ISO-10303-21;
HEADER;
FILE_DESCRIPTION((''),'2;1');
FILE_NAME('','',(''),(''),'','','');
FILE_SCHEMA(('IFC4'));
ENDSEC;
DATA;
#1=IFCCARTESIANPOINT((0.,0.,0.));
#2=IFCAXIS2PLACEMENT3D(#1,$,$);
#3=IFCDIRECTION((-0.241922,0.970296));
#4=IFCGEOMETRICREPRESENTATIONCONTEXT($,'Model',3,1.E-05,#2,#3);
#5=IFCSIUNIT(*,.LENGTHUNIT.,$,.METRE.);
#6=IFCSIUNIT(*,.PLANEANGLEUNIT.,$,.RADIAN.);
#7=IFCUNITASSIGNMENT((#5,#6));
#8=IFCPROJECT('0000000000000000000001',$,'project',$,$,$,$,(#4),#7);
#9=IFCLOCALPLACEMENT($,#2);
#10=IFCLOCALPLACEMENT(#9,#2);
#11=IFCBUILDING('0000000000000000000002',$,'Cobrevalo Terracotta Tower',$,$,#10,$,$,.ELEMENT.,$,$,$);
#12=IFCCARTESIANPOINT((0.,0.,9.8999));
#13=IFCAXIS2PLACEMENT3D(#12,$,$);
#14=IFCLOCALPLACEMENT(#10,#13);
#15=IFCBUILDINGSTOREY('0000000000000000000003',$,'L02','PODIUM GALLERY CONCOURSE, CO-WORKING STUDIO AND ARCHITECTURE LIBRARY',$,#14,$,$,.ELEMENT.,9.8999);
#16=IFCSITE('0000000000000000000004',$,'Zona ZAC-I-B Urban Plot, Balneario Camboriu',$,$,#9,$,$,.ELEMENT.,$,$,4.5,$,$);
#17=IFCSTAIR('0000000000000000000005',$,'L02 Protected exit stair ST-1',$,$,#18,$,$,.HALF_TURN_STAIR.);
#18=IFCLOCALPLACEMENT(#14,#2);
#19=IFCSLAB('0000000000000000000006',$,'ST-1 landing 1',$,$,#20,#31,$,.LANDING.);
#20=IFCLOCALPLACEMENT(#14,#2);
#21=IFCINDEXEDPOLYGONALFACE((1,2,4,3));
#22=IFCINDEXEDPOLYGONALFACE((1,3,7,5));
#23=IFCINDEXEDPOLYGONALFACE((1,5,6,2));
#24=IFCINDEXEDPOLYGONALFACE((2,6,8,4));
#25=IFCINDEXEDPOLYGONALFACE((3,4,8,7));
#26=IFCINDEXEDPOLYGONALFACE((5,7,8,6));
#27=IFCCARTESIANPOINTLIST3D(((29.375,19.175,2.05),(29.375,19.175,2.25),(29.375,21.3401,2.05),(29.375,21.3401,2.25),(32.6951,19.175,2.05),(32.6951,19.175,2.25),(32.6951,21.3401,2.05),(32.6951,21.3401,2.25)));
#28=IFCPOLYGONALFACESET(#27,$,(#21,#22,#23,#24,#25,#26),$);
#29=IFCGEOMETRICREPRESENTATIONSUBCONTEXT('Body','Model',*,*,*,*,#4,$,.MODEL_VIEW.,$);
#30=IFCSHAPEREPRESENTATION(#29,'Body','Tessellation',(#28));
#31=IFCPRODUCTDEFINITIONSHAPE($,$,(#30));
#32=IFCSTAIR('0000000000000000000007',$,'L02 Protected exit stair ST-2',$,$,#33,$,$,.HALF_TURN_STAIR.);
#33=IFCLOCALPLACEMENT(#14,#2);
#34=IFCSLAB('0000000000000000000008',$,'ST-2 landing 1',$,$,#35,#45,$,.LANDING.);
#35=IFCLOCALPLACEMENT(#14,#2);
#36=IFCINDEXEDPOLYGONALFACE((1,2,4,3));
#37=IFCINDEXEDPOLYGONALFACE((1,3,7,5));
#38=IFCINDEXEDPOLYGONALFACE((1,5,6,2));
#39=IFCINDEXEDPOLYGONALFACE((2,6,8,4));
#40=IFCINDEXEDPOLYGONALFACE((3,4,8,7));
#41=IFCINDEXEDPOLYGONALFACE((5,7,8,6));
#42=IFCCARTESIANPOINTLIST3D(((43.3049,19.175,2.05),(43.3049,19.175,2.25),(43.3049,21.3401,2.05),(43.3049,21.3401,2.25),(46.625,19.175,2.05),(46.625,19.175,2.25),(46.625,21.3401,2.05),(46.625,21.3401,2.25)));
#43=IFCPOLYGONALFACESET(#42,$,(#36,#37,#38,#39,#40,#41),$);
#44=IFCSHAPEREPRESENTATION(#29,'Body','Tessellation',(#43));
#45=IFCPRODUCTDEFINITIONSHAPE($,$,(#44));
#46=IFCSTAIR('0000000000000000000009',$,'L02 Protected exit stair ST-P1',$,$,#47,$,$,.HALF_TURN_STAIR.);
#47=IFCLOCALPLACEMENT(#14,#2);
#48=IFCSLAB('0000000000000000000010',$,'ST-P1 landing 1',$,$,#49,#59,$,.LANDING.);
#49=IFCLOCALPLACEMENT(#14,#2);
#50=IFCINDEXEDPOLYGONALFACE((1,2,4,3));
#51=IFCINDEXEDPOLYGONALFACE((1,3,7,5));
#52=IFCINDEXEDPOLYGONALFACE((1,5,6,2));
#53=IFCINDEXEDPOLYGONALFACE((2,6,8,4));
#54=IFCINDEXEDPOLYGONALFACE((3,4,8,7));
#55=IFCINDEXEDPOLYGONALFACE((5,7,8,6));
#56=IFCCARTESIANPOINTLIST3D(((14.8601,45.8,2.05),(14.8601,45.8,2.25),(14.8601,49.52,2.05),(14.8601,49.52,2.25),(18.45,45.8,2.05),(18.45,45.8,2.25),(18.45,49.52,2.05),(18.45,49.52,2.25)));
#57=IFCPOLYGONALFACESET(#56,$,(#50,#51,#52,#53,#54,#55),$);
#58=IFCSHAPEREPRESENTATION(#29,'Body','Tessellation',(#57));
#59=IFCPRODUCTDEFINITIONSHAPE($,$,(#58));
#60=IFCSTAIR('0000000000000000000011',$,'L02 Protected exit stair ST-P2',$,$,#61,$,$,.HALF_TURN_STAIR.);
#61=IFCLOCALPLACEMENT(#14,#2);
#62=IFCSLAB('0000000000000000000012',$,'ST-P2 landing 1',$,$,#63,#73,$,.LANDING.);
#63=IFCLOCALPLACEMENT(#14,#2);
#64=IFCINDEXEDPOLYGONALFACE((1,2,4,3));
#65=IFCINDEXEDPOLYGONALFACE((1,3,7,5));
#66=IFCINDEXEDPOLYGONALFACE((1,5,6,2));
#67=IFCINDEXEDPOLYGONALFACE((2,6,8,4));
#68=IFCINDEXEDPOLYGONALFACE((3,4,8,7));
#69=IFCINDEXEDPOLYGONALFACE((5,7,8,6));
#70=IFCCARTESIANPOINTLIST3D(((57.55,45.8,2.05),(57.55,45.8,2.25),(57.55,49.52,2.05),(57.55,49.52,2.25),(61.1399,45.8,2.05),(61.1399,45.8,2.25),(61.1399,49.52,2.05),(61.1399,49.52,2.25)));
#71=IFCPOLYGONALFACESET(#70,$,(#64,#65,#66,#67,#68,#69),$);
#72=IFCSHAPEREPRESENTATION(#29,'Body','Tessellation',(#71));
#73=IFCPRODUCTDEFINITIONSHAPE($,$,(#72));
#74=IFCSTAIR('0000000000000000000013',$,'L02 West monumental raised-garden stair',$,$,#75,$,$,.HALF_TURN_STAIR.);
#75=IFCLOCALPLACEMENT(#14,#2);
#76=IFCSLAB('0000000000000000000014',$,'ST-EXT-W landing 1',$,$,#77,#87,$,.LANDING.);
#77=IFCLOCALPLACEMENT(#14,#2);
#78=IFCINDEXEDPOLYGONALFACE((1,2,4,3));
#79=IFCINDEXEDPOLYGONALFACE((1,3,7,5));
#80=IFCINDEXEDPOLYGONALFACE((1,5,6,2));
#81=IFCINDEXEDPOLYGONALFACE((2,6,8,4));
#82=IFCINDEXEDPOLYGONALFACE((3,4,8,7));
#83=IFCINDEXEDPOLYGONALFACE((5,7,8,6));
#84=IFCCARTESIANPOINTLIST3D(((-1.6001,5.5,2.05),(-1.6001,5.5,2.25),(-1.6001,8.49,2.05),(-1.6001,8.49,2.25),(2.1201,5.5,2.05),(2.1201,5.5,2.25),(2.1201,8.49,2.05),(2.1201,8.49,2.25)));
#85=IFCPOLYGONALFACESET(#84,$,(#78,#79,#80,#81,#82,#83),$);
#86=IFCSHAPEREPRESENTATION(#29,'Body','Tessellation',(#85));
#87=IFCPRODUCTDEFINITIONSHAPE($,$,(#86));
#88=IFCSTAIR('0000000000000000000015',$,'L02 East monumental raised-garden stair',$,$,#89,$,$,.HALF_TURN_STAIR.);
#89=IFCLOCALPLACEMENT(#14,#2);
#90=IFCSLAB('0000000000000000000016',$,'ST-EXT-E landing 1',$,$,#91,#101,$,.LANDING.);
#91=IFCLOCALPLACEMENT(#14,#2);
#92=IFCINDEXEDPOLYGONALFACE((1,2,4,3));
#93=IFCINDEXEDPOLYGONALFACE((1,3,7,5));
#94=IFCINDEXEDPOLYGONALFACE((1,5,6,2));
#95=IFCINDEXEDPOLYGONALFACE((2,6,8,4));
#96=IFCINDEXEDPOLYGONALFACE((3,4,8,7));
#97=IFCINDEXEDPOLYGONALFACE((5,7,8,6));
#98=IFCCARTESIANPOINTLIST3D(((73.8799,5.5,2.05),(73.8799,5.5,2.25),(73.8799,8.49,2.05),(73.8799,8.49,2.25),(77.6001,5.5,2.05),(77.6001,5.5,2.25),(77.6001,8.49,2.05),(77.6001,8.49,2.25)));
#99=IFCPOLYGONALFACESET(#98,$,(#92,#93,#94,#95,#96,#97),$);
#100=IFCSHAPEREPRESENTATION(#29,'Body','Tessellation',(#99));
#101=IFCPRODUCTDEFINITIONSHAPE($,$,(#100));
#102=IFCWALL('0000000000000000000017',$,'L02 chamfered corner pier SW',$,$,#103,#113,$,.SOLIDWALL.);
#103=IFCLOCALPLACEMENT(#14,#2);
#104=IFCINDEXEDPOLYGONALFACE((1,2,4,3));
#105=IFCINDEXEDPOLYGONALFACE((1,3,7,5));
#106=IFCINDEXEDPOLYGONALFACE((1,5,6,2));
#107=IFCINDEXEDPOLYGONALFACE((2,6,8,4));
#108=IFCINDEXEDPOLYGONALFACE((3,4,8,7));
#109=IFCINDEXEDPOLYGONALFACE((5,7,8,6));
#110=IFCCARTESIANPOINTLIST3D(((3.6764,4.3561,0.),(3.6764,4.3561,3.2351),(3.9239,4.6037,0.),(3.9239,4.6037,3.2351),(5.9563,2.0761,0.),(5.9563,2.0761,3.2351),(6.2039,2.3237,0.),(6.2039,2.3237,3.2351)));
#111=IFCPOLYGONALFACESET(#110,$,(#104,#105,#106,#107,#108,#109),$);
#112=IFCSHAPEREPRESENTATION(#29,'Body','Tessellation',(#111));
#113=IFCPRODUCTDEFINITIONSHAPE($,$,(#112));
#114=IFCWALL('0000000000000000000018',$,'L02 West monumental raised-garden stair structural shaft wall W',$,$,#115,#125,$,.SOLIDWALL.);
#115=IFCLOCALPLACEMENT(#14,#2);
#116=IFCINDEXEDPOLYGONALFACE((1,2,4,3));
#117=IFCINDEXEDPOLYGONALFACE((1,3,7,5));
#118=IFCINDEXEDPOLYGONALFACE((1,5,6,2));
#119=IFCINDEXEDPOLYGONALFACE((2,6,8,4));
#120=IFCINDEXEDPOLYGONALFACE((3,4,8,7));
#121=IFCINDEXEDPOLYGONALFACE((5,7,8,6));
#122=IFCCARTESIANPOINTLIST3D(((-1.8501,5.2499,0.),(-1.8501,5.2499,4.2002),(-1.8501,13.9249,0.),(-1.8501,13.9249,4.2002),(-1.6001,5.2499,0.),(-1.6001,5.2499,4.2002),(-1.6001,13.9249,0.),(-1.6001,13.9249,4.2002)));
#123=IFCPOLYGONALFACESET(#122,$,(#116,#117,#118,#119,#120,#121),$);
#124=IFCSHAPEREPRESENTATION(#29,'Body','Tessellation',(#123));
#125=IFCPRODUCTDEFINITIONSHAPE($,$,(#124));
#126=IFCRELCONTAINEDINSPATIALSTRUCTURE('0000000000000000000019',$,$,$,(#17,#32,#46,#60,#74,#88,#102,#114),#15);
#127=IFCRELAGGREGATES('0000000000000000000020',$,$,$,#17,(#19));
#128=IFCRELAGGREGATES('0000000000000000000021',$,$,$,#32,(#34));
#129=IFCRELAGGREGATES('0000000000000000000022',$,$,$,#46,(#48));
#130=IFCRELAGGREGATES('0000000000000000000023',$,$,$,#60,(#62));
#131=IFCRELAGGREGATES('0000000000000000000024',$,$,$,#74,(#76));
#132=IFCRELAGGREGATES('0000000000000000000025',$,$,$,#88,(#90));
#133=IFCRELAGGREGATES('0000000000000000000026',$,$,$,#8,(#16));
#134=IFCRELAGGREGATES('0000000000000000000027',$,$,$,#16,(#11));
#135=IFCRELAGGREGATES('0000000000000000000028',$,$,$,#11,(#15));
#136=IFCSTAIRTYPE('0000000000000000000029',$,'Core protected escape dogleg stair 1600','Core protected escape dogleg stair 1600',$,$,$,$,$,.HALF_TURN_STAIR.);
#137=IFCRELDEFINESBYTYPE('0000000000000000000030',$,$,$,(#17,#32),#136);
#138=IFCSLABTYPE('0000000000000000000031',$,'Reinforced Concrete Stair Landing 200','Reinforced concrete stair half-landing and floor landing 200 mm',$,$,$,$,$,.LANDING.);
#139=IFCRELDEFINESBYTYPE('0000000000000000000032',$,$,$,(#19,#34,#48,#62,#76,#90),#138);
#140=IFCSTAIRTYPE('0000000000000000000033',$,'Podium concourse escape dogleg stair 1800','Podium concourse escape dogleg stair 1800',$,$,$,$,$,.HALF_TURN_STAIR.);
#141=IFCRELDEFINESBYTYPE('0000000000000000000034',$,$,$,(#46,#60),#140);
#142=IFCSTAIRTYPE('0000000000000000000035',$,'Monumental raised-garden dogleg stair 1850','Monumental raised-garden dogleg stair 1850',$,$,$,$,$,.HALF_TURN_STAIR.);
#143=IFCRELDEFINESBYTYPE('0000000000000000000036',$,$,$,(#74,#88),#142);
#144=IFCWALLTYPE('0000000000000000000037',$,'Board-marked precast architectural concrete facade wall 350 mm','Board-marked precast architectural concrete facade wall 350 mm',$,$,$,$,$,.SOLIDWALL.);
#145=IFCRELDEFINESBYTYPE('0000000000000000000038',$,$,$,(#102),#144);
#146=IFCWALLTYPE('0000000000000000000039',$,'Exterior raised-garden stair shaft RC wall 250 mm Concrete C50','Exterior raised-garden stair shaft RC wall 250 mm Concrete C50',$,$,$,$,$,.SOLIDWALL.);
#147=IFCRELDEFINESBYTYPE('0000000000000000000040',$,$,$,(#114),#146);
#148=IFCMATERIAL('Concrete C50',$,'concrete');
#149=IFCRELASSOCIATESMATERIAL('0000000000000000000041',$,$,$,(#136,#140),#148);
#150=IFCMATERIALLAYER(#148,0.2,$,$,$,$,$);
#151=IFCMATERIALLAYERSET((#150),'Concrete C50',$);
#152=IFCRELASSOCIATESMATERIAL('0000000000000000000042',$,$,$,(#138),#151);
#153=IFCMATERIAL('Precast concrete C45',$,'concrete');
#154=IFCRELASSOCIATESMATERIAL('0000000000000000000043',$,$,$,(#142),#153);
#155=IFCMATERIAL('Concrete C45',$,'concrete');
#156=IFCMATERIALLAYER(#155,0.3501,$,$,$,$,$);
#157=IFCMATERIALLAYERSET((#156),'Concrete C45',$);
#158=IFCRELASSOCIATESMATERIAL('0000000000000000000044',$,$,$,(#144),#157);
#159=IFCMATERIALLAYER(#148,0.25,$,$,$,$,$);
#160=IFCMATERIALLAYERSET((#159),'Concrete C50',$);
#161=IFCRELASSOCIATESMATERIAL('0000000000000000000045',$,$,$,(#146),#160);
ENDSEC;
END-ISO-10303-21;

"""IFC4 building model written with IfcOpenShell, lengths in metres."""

from ifc_helpers import new_model, si_unit, direction, frame, frame_2d, origin, place, context, subcontext, project, spatial, polyline, rectangle, outline, extrude, material, layer, layer_set, type_object, element, aggregate, save


model = new_model("IFC4")

# Units and contexts
model_context = context("Model", 3, precision=1e-05, world=origin(), true_north=direction((-0.241922, 0.970296)))
body_context = subcontext(model_context, "Body", "Model", "MODEL_VIEW")
ifc_project = project(units=[si_unit("LENGTHUNIT", "METRE"), si_unit("PLANEANGLEUNIT", "RADIAN")], contexts=[model_context])

# Site, building, storey
site_placement = place(None, origin())
site = spatial("IfcSite", under=ifc_project, at=site_placement, Name="Zona ZAC-I-B Urban Plot, Balneario Camboriu", CompositionType="ELEMENT", RefElevation=4.5)
building_placement = place(site_placement, origin())
building = spatial("IfcBuilding", under=site, at=building_placement, Name="Cobrevalo Terracotta Tower", CompositionType="ELEMENT")
storey_placement = place(building_placement, frame((0.0, 0.0, 9.8999)))
storey = spatial("IfcBuildingStorey", under=building, at=storey_placement, Name="L02", Description="PODIUM GALLERY CONCOURSE, CO-WORKING STUDIO AND ARCHITECTURE LIBRARY", CompositionType="ELEMENT", Elevation=9.8999)

# Shared definitions
ifc_material_1 = material(Name="Concrete C50", Category="concrete")

# Stairs, slabs
stair_type_1 = type_object("IfcStairType", Name="Core protected escape dogleg stair 1600", Description="Core protected escape dogleg stair 1600", PredefinedType="HALF_TURN_STAIR", material=ifc_material_1)
stair_1_placement = place(storey_placement, origin())
stair_1 = element("IfcStair", 1, at=stair_1_placement, inside=storey, type_object=stair_type_1, Name="L02 Protected exit stair ST-1", PredefinedType="HALF_TURN_STAIR")
ifc_layer_1 = layer(ifc_material_1, 0.2)
ifc_layer_set_1 = layer_set([ifc_layer_1], Name="Concrete C50")
slab_type_1 = type_object("IfcSlabType", Name="Reinforced Concrete Stair Landing 200", Description="Reinforced concrete stair half-landing and floor landing 200 mm", PredefinedType="LANDING", material=ifc_layer_set_1)
slab_1_placement = place(storey_placement, frame((0.0, 0.0, 2.05)))
slab_1 = element("IfcSlab", 2, at=slab_1_placement, type_object=slab_type_1, Name="ST-1 landing 1", PredefinedType="LANDING", context=body_context, shape_type="SweptSolid", body=[
    extrude(outline(polyline([(29.375, 21.3401), (29.375, 19.175), (32.6951, 19.175), (32.6951, 21.3401), (29.375, 21.3401)])), origin(), (0.0, 0.0, 1.0), 0.2),
])
aggregate(stair_1, [slab_1])
stair_2_placement = place(storey_placement, origin())
stair_2 = element("IfcStair", 3, at=stair_2_placement, inside=storey, type_object=stair_type_1, Name="L02 Protected exit stair ST-2", PredefinedType="HALF_TURN_STAIR")
slab_2_placement = place(storey_placement, frame((0.0, 0.0, 2.05)))
slab_2 = element("IfcSlab", 4, at=slab_2_placement, type_object=slab_type_1, Name="ST-2 landing 1", PredefinedType="LANDING", context=body_context, shape_type="SweptSolid", body=[
    extrude(outline(polyline([(43.3049, 21.3401), (43.3049, 19.175), (46.625, 19.175), (46.625, 21.3401), (43.3049, 21.3401)])), origin(), (0.0, 0.0, 1.0), 0.2),
])
aggregate(stair_2, [slab_2])
stair_type_2 = type_object("IfcStairType", Name="Podium concourse escape dogleg stair 1800", Description="Podium concourse escape dogleg stair 1800", PredefinedType="HALF_TURN_STAIR", material=ifc_material_1)
stair_3_placement = place(storey_placement, origin())
stair_3 = element("IfcStair", 5, at=stair_3_placement, inside=storey, type_object=stair_type_2, Name="L02 Protected exit stair ST-P1", PredefinedType="HALF_TURN_STAIR")
slab_3_placement = place(storey_placement, frame((0.0, 0.0, 2.05)))
slab_3 = element("IfcSlab", 6, at=slab_3_placement, type_object=slab_type_1, Name="ST-P1 landing 1", PredefinedType="LANDING", context=body_context, shape_type="SweptSolid", body=[
    extrude(outline(polyline([(14.8601, 45.8), (18.45, 45.8), (18.45, 49.52), (14.8601, 49.52), (14.8601, 45.8)])), origin(), (0.0, 0.0, 1.0), 0.2),
])
aggregate(stair_3, [slab_3])
stair_4_placement = place(storey_placement, origin())
stair_4 = element("IfcStair", 7, at=stair_4_placement, inside=storey, type_object=stair_type_2, Name="L02 Protected exit stair ST-P2", PredefinedType="HALF_TURN_STAIR")
slab_4_placement = place(storey_placement, frame((0.0, 0.0, 2.05)))
slab_4 = element("IfcSlab", 8, at=slab_4_placement, type_object=slab_type_1, Name="ST-P2 landing 1", PredefinedType="LANDING", context=body_context, shape_type="SweptSolid", body=[
    extrude(outline(polyline([(61.1399, 49.52), (57.55, 49.52), (57.55, 45.8), (61.1399, 45.8), (61.1399, 49.52)])), origin(), (0.0, 0.0, 1.0), 0.2),
])
aggregate(stair_4, [slab_4])
ifc_material_2 = material(Name="Precast concrete C45", Category="concrete")
stair_type_3 = type_object("IfcStairType", Name="Monumental raised-garden dogleg stair 1850", Description="Monumental raised-garden dogleg stair 1850", PredefinedType="HALF_TURN_STAIR", material=ifc_material_2)
stair_5_placement = place(storey_placement, origin())
stair_5 = element("IfcStair", 9, at=stair_5_placement, inside=storey, type_object=stair_type_3, Name="L02 West monumental raised-garden stair", PredefinedType="HALF_TURN_STAIR")
slab_5_placement = place(storey_placement, frame((0.0, 0.0, 2.05)))
slab_5 = element("IfcSlab", 10, at=slab_5_placement, type_object=slab_type_1, Name="ST-EXT-W landing 1", PredefinedType="LANDING", context=body_context, shape_type="SweptSolid", body=[
    extrude(outline(polyline([(-1.6001, 8.49), (-1.6001, 5.5), (2.1201, 5.5), (2.1201, 8.49), (-1.6001, 8.49)])), origin(), (0.0, 0.0, 1.0), 0.2),
])
aggregate(stair_5, [slab_5])
stair_6_placement = place(storey_placement, origin())
stair_6 = element("IfcStair", 11, at=stair_6_placement, inside=storey, type_object=stair_type_3, Name="L02 East monumental raised-garden stair", PredefinedType="HALF_TURN_STAIR")
slab_6_placement = place(storey_placement, frame((0.0, 0.0, 2.05)))
slab_6 = element("IfcSlab", 12, at=slab_6_placement, type_object=slab_type_1, Name="ST-EXT-E landing 1", PredefinedType="LANDING", context=body_context, shape_type="SweptSolid", body=[
    extrude(outline(polyline([(73.8799, 8.49), (73.8799, 5.5), (77.6001, 5.5), (77.6001, 8.49), (73.8799, 8.49)])), origin(), (0.0, 0.0, 1.0), 0.2),
])
aggregate(stair_6, [slab_6])

# Walls
ifc_material_3 = material(Name="Concrete C45", Category="concrete")
ifc_layer_2 = layer(ifc_material_3, 0.3501)
ifc_layer_set_2 = layer_set([ifc_layer_2], Name="Concrete C45")
wall_type_1 = type_object("IfcWallType", Name="Board-marked precast architectural concrete facade wall 350 mm", Description="Board-marked precast architectural concrete facade wall 350 mm", PredefinedType="SOLIDWALL", material=ifc_layer_set_2)
wall_1_placement = place(storey_placement, frame((3.8, 4.48, 0.0), z_axis=(0.0, 0.0, 1.0), x_axis=(0.707107, -0.707107, 0.0)))
element("IfcWall", 13, at=wall_1_placement, inside=storey, type_object=wall_type_1, Name="L02 chamfered corner pier SW", PredefinedType="SOLIDWALL", context=body_context, shape_type="SweptSolid", body=[
    extrude(rectangle(XDim=3.2244, YDim=0.3501, at=frame_2d((1.6123, 0.0))), origin(), (0.0, 0.0, 1.0), 3.2351),
])
ifc_layer_3 = layer(ifc_material_1, 0.25)
ifc_layer_set_3 = layer_set([ifc_layer_3], Name="Concrete C50")
wall_type_2 = type_object("IfcWallType", Name="Exterior raised-garden stair shaft RC wall 250 mm Concrete C50", Description="Exterior raised-garden stair shaft RC wall 250 mm Concrete C50", PredefinedType="SOLIDWALL", material=ifc_layer_set_3)
wall_2_placement = place(storey_placement, frame((-1.7251, 5.25, 0.0), z_axis=(0.0, 0.0, 1.0), x_axis=(0.0, 1.0, 0.0)))
element("IfcWall", 14, at=wall_2_placement, inside=storey, type_object=wall_type_2, Name="L02 West monumental raised-garden stair structural shaft wall W", PredefinedType="SOLIDWALL", context=body_context, shape_type="SweptSolid", body=[
    extrude(rectangle(XDim=8.675, YDim=0.25, at=frame_2d((4.3374, 0.0))), origin(), (0.0, 0.0, 1.0), 4.2002),
])

save(model, "model.ifc")
